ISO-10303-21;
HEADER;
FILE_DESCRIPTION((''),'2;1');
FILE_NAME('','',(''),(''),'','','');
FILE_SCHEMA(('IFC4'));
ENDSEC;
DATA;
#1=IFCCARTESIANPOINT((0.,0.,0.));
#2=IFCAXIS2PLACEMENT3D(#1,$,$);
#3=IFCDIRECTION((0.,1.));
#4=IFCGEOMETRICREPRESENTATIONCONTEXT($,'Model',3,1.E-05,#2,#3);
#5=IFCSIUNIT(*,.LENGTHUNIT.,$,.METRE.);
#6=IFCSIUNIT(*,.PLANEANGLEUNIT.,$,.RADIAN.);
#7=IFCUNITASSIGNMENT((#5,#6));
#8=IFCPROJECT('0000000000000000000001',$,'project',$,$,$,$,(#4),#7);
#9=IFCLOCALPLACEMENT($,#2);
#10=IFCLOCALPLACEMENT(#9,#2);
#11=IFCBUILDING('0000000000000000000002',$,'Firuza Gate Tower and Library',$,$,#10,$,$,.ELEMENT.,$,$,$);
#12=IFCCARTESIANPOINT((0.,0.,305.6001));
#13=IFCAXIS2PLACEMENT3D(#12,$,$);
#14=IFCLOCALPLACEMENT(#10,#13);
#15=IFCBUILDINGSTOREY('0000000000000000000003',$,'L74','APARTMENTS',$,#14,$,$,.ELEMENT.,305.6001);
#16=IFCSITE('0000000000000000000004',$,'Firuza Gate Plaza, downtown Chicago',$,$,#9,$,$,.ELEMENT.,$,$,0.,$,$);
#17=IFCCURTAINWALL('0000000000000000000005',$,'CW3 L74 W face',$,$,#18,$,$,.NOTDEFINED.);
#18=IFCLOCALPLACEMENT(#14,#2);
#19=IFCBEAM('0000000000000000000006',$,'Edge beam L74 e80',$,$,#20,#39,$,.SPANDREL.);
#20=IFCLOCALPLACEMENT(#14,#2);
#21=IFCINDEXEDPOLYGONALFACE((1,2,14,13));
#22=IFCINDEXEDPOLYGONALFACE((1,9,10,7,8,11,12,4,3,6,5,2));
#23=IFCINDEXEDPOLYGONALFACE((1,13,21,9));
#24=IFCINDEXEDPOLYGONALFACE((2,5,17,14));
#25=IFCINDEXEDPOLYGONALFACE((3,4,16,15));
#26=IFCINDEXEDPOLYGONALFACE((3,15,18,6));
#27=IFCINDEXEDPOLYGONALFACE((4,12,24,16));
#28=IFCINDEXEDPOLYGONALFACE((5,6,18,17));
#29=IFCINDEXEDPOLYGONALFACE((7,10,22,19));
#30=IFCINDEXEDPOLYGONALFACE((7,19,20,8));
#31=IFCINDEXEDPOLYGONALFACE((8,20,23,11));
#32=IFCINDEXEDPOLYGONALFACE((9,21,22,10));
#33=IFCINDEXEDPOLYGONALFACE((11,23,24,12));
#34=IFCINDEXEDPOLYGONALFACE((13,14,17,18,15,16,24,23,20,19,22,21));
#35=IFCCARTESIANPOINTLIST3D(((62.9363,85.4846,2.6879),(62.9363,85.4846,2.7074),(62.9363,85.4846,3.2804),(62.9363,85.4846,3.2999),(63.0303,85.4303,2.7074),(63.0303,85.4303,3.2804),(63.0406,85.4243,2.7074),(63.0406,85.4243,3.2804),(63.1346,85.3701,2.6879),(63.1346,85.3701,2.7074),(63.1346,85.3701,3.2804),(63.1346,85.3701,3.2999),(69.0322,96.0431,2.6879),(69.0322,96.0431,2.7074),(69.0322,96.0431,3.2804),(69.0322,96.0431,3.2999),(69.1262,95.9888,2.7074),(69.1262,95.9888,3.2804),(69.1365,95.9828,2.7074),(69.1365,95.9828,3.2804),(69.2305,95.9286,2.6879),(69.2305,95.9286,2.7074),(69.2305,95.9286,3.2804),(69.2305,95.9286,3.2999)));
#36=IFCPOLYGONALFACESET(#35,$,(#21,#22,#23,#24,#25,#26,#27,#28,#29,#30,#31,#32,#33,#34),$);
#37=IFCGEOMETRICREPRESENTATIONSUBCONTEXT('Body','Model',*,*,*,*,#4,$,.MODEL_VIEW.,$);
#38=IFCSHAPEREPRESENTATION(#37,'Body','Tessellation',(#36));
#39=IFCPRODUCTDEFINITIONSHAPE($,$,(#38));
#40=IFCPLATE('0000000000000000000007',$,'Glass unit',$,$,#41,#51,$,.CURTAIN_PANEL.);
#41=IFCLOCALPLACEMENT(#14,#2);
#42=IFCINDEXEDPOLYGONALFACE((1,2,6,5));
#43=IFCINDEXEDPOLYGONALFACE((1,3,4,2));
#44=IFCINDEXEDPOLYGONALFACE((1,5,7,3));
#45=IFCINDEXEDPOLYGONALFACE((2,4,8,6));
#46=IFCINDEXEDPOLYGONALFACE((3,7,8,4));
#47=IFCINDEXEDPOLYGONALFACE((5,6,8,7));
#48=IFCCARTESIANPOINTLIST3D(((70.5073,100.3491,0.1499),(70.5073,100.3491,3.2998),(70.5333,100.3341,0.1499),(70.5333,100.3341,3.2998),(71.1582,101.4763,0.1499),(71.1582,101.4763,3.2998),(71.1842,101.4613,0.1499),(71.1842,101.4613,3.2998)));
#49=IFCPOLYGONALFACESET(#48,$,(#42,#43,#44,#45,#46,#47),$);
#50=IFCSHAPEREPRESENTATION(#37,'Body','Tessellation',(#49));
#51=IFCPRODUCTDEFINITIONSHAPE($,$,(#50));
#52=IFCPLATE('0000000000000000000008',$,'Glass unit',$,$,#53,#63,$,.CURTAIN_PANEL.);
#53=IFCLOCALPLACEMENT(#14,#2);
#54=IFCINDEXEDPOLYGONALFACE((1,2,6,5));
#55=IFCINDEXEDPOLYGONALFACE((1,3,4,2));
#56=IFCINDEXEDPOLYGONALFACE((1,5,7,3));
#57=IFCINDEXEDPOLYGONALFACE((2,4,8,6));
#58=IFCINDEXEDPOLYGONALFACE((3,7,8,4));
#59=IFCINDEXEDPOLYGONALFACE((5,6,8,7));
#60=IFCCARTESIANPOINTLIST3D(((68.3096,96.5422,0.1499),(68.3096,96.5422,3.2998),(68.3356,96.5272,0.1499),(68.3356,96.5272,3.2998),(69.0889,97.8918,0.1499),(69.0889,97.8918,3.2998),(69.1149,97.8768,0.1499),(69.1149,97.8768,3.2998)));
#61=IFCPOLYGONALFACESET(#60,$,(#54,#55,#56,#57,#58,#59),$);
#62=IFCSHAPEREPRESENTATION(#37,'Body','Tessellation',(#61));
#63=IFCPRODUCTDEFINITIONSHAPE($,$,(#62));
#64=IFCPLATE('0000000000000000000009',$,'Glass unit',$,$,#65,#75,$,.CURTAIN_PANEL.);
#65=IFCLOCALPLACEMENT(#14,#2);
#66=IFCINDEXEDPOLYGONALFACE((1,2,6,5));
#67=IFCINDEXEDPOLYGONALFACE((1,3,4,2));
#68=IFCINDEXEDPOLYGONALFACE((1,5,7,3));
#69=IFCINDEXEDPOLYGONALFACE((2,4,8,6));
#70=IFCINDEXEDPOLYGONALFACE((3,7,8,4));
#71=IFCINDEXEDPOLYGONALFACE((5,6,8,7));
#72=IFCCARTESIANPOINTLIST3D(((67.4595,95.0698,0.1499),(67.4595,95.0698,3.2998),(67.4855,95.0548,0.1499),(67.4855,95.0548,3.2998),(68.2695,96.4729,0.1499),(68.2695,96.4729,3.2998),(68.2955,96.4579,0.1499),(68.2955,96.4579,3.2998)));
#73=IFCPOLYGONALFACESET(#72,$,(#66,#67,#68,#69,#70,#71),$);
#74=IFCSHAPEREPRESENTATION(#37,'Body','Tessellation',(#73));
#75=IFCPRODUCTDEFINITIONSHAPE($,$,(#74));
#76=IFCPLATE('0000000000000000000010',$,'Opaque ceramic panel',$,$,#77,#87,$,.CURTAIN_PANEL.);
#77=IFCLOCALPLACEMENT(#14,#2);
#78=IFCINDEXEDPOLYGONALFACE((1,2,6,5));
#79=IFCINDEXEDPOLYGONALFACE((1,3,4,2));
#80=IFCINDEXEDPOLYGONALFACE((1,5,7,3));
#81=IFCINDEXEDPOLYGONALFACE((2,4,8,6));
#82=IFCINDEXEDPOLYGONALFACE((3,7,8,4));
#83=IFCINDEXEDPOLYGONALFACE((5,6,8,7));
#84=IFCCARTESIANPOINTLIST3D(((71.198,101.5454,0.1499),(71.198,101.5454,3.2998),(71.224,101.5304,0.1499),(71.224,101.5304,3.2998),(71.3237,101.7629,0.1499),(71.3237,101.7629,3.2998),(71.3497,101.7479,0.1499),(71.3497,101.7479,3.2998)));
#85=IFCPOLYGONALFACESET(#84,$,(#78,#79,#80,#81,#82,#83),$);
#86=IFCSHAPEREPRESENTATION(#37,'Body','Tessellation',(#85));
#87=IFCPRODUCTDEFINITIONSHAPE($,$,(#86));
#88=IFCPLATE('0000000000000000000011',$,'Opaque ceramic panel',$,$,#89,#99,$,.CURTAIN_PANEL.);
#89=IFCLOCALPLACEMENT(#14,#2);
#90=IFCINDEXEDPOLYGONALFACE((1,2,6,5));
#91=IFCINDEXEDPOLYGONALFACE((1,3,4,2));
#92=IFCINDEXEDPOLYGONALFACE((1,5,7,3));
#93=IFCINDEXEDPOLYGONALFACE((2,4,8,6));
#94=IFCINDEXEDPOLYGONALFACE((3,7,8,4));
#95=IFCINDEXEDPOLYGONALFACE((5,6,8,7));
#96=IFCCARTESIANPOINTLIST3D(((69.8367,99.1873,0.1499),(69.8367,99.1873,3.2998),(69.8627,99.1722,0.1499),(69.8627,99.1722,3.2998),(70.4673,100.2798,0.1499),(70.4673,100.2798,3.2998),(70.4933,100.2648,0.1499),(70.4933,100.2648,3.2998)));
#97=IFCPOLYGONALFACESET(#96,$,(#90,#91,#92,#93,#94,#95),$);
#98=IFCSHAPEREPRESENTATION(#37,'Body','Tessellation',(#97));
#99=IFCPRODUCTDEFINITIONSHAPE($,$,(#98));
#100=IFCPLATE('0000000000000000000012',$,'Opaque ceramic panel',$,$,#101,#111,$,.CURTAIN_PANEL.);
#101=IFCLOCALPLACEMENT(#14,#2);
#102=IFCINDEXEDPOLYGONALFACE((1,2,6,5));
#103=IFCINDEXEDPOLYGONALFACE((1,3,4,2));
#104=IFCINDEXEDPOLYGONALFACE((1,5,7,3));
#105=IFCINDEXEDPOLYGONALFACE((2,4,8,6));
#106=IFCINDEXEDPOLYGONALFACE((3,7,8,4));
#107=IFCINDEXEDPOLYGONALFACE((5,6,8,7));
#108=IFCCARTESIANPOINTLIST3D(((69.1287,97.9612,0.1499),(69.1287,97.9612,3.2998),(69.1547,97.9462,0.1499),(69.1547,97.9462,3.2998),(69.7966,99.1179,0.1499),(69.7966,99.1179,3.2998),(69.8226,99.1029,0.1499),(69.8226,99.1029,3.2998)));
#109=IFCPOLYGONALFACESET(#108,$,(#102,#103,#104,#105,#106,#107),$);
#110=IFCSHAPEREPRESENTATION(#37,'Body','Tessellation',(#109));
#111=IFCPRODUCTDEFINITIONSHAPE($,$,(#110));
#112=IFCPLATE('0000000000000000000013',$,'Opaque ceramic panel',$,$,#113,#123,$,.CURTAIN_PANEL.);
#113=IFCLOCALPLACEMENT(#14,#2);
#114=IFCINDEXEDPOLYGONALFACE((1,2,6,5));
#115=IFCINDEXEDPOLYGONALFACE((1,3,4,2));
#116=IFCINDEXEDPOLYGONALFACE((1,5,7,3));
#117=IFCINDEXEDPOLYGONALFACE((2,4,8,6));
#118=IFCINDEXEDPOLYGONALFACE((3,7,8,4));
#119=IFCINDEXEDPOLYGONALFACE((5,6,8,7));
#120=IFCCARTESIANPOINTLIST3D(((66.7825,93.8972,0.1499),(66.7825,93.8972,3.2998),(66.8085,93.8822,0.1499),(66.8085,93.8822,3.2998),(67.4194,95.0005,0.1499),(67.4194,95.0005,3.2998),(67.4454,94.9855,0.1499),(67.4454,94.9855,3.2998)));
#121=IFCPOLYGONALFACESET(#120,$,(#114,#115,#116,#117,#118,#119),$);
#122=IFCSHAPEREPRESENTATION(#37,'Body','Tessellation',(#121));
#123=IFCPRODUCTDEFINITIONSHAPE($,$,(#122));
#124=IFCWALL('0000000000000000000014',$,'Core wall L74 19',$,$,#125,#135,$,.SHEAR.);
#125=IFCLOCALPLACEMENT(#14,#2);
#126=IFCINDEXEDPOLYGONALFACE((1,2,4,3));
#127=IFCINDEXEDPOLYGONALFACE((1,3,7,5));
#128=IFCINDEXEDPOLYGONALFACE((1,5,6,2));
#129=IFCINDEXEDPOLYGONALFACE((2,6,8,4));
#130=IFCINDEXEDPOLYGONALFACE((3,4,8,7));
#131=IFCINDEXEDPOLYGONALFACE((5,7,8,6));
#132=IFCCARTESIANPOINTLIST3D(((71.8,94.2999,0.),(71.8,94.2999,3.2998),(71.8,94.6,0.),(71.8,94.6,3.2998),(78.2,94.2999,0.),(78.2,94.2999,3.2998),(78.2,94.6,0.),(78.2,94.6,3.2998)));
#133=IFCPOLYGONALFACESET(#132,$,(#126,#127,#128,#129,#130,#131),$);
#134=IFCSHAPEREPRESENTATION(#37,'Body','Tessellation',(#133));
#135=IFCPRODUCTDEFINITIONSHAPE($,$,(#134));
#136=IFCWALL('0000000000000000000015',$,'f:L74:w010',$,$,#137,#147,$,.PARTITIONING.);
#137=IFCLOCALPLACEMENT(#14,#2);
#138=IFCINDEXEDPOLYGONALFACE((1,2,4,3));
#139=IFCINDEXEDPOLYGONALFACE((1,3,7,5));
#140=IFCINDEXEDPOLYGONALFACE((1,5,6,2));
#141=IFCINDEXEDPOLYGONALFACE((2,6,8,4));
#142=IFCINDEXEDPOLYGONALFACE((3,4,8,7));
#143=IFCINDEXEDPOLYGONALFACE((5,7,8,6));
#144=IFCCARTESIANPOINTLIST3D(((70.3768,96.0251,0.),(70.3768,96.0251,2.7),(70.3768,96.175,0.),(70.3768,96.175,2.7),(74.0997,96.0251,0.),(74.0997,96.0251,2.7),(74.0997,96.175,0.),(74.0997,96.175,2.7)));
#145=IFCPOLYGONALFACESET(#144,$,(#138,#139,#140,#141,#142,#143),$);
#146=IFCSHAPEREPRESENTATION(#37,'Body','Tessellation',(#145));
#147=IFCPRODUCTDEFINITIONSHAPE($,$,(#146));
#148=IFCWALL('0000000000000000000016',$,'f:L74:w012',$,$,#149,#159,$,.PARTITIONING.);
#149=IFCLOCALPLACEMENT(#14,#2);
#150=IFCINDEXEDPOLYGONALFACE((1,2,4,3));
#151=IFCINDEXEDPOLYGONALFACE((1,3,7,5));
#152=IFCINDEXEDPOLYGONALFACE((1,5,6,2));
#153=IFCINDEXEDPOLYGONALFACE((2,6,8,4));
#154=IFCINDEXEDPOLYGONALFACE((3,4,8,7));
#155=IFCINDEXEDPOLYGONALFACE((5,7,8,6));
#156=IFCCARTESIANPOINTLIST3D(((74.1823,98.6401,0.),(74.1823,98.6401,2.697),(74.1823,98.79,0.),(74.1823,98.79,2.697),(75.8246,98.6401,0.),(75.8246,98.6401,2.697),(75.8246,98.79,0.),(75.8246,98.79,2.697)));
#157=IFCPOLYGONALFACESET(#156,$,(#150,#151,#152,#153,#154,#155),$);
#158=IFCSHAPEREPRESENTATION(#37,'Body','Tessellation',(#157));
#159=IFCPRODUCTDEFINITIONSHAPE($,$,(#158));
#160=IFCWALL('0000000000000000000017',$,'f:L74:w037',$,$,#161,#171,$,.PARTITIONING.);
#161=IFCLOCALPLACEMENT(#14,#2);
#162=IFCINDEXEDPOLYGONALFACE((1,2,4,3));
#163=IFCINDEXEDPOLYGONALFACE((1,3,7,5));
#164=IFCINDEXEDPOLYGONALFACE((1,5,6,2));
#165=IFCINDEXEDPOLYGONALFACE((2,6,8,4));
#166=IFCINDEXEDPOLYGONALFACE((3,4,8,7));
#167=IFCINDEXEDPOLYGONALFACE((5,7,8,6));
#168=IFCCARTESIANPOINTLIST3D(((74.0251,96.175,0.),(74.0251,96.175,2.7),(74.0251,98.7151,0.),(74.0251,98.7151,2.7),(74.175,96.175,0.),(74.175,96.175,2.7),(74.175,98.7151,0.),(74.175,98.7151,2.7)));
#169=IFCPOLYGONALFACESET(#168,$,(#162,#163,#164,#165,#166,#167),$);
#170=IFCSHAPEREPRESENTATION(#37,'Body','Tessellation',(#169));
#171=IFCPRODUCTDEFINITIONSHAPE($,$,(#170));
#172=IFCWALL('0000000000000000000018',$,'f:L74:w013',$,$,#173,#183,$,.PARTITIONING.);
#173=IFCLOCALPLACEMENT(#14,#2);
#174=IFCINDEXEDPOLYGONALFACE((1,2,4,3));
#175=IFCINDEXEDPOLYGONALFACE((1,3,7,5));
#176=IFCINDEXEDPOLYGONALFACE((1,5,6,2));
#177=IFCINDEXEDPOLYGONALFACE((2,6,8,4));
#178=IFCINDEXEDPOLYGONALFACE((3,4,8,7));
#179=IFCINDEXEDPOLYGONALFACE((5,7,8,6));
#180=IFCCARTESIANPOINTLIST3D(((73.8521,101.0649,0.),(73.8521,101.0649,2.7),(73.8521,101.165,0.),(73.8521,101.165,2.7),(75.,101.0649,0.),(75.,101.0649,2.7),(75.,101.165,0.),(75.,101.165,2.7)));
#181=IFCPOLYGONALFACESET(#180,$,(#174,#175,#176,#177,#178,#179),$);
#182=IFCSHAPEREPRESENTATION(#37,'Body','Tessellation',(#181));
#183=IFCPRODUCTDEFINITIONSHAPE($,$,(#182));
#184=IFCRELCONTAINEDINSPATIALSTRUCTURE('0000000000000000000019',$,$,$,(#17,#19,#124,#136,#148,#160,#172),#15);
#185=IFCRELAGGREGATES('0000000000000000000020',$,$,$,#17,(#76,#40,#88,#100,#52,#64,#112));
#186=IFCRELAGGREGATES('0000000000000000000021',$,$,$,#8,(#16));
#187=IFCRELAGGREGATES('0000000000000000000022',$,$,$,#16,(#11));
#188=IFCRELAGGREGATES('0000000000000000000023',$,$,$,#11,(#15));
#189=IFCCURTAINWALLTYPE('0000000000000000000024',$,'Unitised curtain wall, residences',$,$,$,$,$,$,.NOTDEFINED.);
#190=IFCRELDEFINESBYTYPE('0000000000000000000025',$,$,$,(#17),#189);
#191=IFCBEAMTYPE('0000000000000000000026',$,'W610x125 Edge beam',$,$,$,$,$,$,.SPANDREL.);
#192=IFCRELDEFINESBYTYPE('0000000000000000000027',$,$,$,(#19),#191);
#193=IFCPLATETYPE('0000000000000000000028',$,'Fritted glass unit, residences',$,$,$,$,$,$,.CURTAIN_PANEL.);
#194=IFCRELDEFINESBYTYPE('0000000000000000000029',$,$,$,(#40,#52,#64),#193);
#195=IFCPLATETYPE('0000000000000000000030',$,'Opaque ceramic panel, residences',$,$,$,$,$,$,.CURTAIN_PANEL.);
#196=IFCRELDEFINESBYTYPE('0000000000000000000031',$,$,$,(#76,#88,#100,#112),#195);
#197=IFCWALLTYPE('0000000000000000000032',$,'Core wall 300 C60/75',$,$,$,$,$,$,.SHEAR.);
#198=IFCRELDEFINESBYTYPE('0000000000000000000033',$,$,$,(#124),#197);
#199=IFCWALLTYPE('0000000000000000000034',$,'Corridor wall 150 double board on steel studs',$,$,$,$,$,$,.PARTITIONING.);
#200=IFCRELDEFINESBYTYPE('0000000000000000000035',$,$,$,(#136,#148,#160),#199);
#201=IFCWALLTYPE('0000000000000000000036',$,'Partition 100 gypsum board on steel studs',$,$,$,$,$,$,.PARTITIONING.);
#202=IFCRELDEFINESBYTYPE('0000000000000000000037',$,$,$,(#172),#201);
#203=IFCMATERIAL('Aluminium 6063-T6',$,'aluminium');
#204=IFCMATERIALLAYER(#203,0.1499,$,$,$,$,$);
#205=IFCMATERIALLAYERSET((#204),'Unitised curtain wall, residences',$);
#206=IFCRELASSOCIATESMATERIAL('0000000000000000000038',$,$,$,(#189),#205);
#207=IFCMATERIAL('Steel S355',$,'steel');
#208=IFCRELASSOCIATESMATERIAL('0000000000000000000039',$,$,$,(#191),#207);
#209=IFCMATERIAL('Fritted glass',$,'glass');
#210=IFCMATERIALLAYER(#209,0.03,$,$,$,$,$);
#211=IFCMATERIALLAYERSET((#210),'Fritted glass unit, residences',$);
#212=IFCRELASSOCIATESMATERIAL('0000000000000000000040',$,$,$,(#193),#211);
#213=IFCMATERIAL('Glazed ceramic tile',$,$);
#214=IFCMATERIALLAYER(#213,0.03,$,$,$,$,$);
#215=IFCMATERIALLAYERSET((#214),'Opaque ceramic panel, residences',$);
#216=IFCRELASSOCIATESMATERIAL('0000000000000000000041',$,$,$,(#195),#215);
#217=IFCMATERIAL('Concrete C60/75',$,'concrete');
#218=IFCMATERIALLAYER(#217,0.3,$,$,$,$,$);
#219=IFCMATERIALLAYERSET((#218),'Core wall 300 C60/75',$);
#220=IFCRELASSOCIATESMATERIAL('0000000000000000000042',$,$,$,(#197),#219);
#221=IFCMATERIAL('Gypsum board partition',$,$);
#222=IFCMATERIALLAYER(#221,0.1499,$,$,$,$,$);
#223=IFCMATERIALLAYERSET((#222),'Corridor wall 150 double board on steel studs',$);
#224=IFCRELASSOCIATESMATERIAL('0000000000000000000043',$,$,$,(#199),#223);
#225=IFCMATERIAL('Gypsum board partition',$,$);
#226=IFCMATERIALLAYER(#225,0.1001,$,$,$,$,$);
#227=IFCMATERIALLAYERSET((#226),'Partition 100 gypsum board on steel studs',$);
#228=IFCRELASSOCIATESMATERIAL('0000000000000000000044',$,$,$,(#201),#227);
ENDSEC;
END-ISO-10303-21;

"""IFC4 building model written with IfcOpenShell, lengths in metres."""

from ifc_helpers import new_model, si_unit, direction, frame, frame_2d, origin, origin_2d, place, context, subcontext, project, spatial, polyline, rectangle, i_section, outline, extrude, material, layer, layer_set, material_profile, profile_set, type_object, element, aggregate, save


model = new_model("IFC4")

# Units and contexts
model_context = context("Model", 3, precision=1e-05, world=origin(), true_north=direction((0.0, 1.0)))
body_context = subcontext(model_context, "Body", "Model", "MODEL_VIEW")
ifc_project = project(units=[si_unit("LENGTHUNIT", "METRE"), si_unit("PLANEANGLEUNIT", "RADIAN")], contexts=[model_context])

# Site, building, storey
site_placement = place(None, origin())
site = spatial("IfcSite", under=ifc_project, at=site_placement, Name="Firuza Gate Plaza, downtown Chicago", CompositionType="ELEMENT", RefElevation=0.0)
building_placement = place(site_placement, origin())
building = spatial("IfcBuilding", under=site, at=building_placement, Name="Firuza Gate Tower and Library", CompositionType="ELEMENT")
storey_placement = place(building_placement, frame((0.0, 0.0, 305.6001)))
storey = spatial("IfcBuildingStorey", under=building, at=storey_placement, Name="L74", Description="APARTMENTS", CompositionType="ELEMENT", Elevation=305.6001)

# Curtain wall
ifc_material_1 = material(Name="Aluminium 6063-T6", Category="aluminium")
ifc_layer_1 = layer(ifc_material_1, 0.1499)
ifc_layer_set_1 = layer_set([ifc_layer_1], Name="Unitised curtain wall, residences")
curtain_wall_type = type_object("IfcCurtainWallType", Name="Unitised curtain wall, residences", PredefinedType="NOTDEFINED", material=ifc_layer_set_1)
curtain_wall_placement = place(storey_placement, origin())
curtain_wall = element("IfcCurtainWall", 1, at=curtain_wall_placement, inside=storey, type_object=curtain_wall_type, Name="CW3 L74 W face", PredefinedType="NOTDEFINED")

# Beam
ifc_material_2 = material(Name="Steel S355", Category="steel")
ifc_material_profile_1 = material_profile(ifc_material_2, i_section(OverallWidth=0.229, OverallDepth=0.6121, WebThickness=0.012, FlangeThickness=0.0195, at=origin_2d()))
ifc_profile_set_1 = profile_set([ifc_material_profile_1], Name="Steel S355")
beam_type_1 = type_object("IfcBeamType", Name="W610x125 Edge beam", PredefinedType="SPANDREL", material=ifc_profile_set_1)
beam_1_placement = place(storey_placement, frame((69.1313, 95.9858, 2.9939), z_axis=(-0.499996, -0.866028, 0.0), x_axis=(0.866028, -0.499996, 0.0)))
element("IfcBeam", 2, at=beam_1_placement, inside=storey, type_object=beam_type_1, Name="Edge beam L74 e80", PredefinedType="SPANDREL", context=body_context, shape_type="SweptSolid", body=[
    extrude(i_section(OverallWidth=0.229, OverallDepth=0.6121, WebThickness=0.012, FlangeThickness=0.0195, at=origin_2d()), origin(), (0.0, 0.0, 1.0), 12.1919),
])

# Plates
ifc_material_3 = material(Name="Fritted glass", Category="glass")
ifc_layer_2 = layer(ifc_material_3, 0.03)
ifc_layer_set_2 = layer_set([ifc_layer_2], Name="Fritted glass unit, residences")
plate_type_1 = type_object("IfcPlateType", Name="Fritted glass unit, residences", PredefinedType="CURTAIN_PANEL", material=ifc_layer_set_2)
plate_1_placement = place(storey_placement, frame((71.1582, 101.4763, 0.1499), z_axis=(-0.865995, 0.500053, 0.0), x_axis=(-0.500053, -0.865995, 0.0)))
plate_1 = element("IfcPlate", 3, at=plate_1_placement, type_object=plate_type_1, Name="Glass unit", PredefinedType="CURTAIN_PANEL", context=body_context, shape_type="SweptSolid", body=[
    extrude(outline(polyline([(0.0, 0.0), (1.3016, 0.0), (1.3016, 3.1499), (0.0, 3.1499), (0.0, 0.0)])), origin(), (0.0, 0.0, -1.0), 0.03),
])
plate_2_placement = place(storey_placement, frame((69.0889, 97.8918, 0.1499), z_axis=(-0.865998, 0.500048, 0.0), x_axis=(-0.500048, -0.865998, 0.0)))
plate_2 = element("IfcPlate", 4, at=plate_2_placement, type_object=plate_type_1, Name="Glass unit", PredefinedType="CURTAIN_PANEL", context=body_context, shape_type="SweptSolid", body=[
    extrude(outline(polyline([(0.0, 0.0), (1.5584, 0.0), (1.5584, 3.1499), (0.0, 3.1499), (0.0, 0.0)])), origin(), (0.0, 0.0, -1.0), 0.03),
])
plate_3_placement = place(storey_placement, frame((68.2695, 96.4729, 0.1499), z_axis=(-0.866027, 0.499996, 0.0), x_axis=(-0.499996, -0.866027, 0.0)))
plate_3 = element("IfcPlate", 5, at=plate_3_placement, type_object=plate_type_1, Name="Glass unit", PredefinedType="CURTAIN_PANEL", context=body_context, shape_type="SweptSolid", body=[
    extrude(outline(polyline([(0.0, 0.0), (1.6201, 0.0), (1.6201, 3.1499), (0.0, 3.1499), (0.0, 0.0)])), origin(), (0.0, 0.0, -1.0), 0.03),
])
ifc_material_4 = material(Name="Glazed ceramic tile")
ifc_layer_3 = layer(ifc_material_4, 0.03)
ifc_layer_set_3 = layer_set([ifc_layer_3], Name="Opaque ceramic panel, residences")
plate_type_2 = type_object("IfcPlateType", Name="Opaque ceramic panel, residences", PredefinedType="CURTAIN_PANEL", material=ifc_layer_set_3)
plate_4_placement = place(storey_placement, frame((71.3237, 101.7629, 0.1499), z_axis=(-0.865781, 0.500423, 0.0), x_axis=(-0.500423, -0.865781, 0.0)))
plate_4 = element("IfcPlate", 6, at=plate_4_placement, type_object=plate_type_2, Name="Opaque ceramic panel", PredefinedType="CURTAIN_PANEL", context=body_context, shape_type="SweptSolid", body=[
    extrude(outline(polyline([(0.0, 0.0), (0.2513, 0.0), (0.2513, 3.1499), (0.0, 3.1499), (0.0, 0.0)])), origin(), (0.0, 0.0, -1.0), 0.03),
])
plate_5_placement = place(storey_placement, frame((70.4673, 100.2798, 0.1499), z_axis=(-0.866079, 0.499907, 0.0), x_axis=(-0.499907, -0.866079, 0.0)))
plate_5 = element("IfcPlate", 7, at=plate_5_placement, type_object=plate_type_2, Name="Opaque ceramic panel", PredefinedType="CURTAIN_PANEL", context=body_context, shape_type="SweptSolid", body=[
    extrude(outline(polyline([(0.0, 0.0), (1.2615, 0.0), (1.2615, 3.1499), (0.0, 3.1499), (0.0, 0.0)])), origin(), (0.0, 0.0, -1.0), 0.03),
])
plate_6_placement = place(storey_placement, frame((69.7966, 99.1179, 0.1499), z_axis=(-0.865985, 0.500071, 0.0), x_axis=(-0.500071, -0.865985, 0.0)))
plate_6 = element("IfcPlate", 8, at=plate_6_placement, type_object=plate_type_2, Name="Opaque ceramic panel", PredefinedType="CURTAIN_PANEL", context=body_context, shape_type="SweptSolid", body=[
    extrude(outline(polyline([(0.0, 0.0), (1.3357, 0.0), (1.3357, 3.1499), (0.0, 3.1499), (0.0, 0.0)])), origin(), (0.0, 0.0, -1.0), 0.03),
])
plate_7_placement = place(storey_placement, frame((67.4194, 95.0005, 0.1499), z_axis=(-0.866029, 0.499993, 0.0), x_axis=(-0.499993, -0.866029, 0.0)))
plate_7 = element("IfcPlate", 9, at=plate_7_placement, type_object=plate_type_2, Name="Opaque ceramic panel", PredefinedType="CURTAIN_PANEL", context=body_context, shape_type="SweptSolid", body=[
    extrude(outline(polyline([(0.0, 0.0), (1.2739, 0.0), (1.2739, 3.1499), (0.0, 3.1499), (0.0, 0.0)])), origin(), (0.0, 0.0, -1.0), 0.03),
])
aggregate(curtain_wall, [plate_4, plate_1, plate_5, plate_6, plate_2, plate_3, plate_7])

# Walls
ifc_material_5 = material(Name="Concrete C60/75", Category="concrete")
ifc_layer_4 = layer(ifc_material_5, 0.3)
ifc_layer_set_4 = layer_set([ifc_layer_4], Name="Core wall 300 C60/75")
wall_type_1 = type_object("IfcWallType", Name="Core wall 300 C60/75", PredefinedType="SHEAR", material=ifc_layer_set_4)
wall_1_placement = place(storey_placement, frame((71.8, 94.45, 0.0), z_axis=(0.0, 0.0, 1.0), x_axis=(1.0, 0.0, 0.0)))
element("IfcWall", 10, at=wall_1_placement, inside=storey, type_object=wall_type_1, Name="Core wall L74 19", PredefinedType="SHEAR", context=body_context, shape_type="SweptSolid", body=[
    extrude(rectangle(XDim=6.3999, YDim=0.3, at=frame_2d((3.2, 0.0))), origin(), (0.0, 0.0, 1.0), 3.2998),
])
ifc_material_6 = material(Name="Gypsum board partition")
ifc_layer_5 = layer(ifc_material_6, 0.1499)
ifc_layer_set_5 = layer_set([ifc_layer_5], Name="Corridor wall 150 double board on steel studs")
wall_type_2 = type_object("IfcWallType", Name="Corridor wall 150 double board on steel studs", PredefinedType="PARTITIONING", material=ifc_layer_set_5)
wall_2_placement = place(storey_placement, frame((70.377, 96.1001, 0.0), z_axis=(0.0, 0.0, 1.0), x_axis=(1.0, 0.0, 0.0)))
element("IfcWall", 11, at=wall_2_placement, inside=storey, type_object=wall_type_2, Name="f:L74:w010", PredefinedType="PARTITIONING", context=body_context, shape_type="SweptSolid", body=[
    extrude(rectangle(XDim=3.7229, YDim=0.1499, at=frame_2d((1.8613, 0.0))), origin(), (0.0, 0.0, 1.0), 2.7),
])
wall_3_placement = place(storey_placement, frame((74.1821, 98.7151, 0.0), z_axis=(0.0, 0.0, 1.0), x_axis=(1.0, 0.0, 0.0)))
element("IfcWall", 12, at=wall_3_placement, inside=storey, type_object=wall_type_2, Name="f:L74:w012", PredefinedType="PARTITIONING", context=body_context, shape_type="SweptSolid", body=[
    extrude(rectangle(XDim=1.6423, YDim=0.1499, at=frame_2d((0.8213, 0.0))), origin(), (0.0, 0.0, 1.0), 2.697),
])
wall_4_placement = place(storey_placement, frame((74.1001, 96.175, 0.0), z_axis=(0.0, 0.0, 1.0), x_axis=(0.0, 1.0, 0.0)))
element("IfcWall", 13, at=wall_4_placement, inside=storey, type_object=wall_type_2, Name="f:L74:w037", PredefinedType="PARTITIONING", context=body_context, shape_type="SweptSolid", body=[
    extrude(rectangle(XDim=2.54, YDim=0.1499, at=frame_2d((1.27, 0.0))), origin(), (0.0, 0.0, 1.0), 2.7),
])
ifc_material_7 = material(Name="Gypsum board partition")
ifc_layer_6 = layer(ifc_material_7, 0.1001)
ifc_layer_set_6 = layer_set([ifc_layer_6], Name="Partition 100 gypsum board on steel studs")
wall_type_3 = type_object("IfcWallType", Name="Partition 100 gypsum board on steel studs", PredefinedType="PARTITIONING", material=ifc_layer_set_6)
wall_5_placement = place(storey_placement, frame((73.8521, 101.115, 0.0), z_axis=(0.0, 0.0, 1.0), x_axis=(1.0, 0.0, 0.0)))
element("IfcWall", 14, at=wall_5_placement, inside=storey, type_object=wall_type_3, Name="f:L74:w013", PredefinedType="PARTITIONING", context=body_context, shape_type="SweptSolid", body=[
    extrude(rectangle(XDim=1.1479, YDim=0.1001, at=frame_2d((0.574, 0.0))), origin(), (0.0, 0.0, 1.0), 2.7),
])

save(model, "model.ifc")
